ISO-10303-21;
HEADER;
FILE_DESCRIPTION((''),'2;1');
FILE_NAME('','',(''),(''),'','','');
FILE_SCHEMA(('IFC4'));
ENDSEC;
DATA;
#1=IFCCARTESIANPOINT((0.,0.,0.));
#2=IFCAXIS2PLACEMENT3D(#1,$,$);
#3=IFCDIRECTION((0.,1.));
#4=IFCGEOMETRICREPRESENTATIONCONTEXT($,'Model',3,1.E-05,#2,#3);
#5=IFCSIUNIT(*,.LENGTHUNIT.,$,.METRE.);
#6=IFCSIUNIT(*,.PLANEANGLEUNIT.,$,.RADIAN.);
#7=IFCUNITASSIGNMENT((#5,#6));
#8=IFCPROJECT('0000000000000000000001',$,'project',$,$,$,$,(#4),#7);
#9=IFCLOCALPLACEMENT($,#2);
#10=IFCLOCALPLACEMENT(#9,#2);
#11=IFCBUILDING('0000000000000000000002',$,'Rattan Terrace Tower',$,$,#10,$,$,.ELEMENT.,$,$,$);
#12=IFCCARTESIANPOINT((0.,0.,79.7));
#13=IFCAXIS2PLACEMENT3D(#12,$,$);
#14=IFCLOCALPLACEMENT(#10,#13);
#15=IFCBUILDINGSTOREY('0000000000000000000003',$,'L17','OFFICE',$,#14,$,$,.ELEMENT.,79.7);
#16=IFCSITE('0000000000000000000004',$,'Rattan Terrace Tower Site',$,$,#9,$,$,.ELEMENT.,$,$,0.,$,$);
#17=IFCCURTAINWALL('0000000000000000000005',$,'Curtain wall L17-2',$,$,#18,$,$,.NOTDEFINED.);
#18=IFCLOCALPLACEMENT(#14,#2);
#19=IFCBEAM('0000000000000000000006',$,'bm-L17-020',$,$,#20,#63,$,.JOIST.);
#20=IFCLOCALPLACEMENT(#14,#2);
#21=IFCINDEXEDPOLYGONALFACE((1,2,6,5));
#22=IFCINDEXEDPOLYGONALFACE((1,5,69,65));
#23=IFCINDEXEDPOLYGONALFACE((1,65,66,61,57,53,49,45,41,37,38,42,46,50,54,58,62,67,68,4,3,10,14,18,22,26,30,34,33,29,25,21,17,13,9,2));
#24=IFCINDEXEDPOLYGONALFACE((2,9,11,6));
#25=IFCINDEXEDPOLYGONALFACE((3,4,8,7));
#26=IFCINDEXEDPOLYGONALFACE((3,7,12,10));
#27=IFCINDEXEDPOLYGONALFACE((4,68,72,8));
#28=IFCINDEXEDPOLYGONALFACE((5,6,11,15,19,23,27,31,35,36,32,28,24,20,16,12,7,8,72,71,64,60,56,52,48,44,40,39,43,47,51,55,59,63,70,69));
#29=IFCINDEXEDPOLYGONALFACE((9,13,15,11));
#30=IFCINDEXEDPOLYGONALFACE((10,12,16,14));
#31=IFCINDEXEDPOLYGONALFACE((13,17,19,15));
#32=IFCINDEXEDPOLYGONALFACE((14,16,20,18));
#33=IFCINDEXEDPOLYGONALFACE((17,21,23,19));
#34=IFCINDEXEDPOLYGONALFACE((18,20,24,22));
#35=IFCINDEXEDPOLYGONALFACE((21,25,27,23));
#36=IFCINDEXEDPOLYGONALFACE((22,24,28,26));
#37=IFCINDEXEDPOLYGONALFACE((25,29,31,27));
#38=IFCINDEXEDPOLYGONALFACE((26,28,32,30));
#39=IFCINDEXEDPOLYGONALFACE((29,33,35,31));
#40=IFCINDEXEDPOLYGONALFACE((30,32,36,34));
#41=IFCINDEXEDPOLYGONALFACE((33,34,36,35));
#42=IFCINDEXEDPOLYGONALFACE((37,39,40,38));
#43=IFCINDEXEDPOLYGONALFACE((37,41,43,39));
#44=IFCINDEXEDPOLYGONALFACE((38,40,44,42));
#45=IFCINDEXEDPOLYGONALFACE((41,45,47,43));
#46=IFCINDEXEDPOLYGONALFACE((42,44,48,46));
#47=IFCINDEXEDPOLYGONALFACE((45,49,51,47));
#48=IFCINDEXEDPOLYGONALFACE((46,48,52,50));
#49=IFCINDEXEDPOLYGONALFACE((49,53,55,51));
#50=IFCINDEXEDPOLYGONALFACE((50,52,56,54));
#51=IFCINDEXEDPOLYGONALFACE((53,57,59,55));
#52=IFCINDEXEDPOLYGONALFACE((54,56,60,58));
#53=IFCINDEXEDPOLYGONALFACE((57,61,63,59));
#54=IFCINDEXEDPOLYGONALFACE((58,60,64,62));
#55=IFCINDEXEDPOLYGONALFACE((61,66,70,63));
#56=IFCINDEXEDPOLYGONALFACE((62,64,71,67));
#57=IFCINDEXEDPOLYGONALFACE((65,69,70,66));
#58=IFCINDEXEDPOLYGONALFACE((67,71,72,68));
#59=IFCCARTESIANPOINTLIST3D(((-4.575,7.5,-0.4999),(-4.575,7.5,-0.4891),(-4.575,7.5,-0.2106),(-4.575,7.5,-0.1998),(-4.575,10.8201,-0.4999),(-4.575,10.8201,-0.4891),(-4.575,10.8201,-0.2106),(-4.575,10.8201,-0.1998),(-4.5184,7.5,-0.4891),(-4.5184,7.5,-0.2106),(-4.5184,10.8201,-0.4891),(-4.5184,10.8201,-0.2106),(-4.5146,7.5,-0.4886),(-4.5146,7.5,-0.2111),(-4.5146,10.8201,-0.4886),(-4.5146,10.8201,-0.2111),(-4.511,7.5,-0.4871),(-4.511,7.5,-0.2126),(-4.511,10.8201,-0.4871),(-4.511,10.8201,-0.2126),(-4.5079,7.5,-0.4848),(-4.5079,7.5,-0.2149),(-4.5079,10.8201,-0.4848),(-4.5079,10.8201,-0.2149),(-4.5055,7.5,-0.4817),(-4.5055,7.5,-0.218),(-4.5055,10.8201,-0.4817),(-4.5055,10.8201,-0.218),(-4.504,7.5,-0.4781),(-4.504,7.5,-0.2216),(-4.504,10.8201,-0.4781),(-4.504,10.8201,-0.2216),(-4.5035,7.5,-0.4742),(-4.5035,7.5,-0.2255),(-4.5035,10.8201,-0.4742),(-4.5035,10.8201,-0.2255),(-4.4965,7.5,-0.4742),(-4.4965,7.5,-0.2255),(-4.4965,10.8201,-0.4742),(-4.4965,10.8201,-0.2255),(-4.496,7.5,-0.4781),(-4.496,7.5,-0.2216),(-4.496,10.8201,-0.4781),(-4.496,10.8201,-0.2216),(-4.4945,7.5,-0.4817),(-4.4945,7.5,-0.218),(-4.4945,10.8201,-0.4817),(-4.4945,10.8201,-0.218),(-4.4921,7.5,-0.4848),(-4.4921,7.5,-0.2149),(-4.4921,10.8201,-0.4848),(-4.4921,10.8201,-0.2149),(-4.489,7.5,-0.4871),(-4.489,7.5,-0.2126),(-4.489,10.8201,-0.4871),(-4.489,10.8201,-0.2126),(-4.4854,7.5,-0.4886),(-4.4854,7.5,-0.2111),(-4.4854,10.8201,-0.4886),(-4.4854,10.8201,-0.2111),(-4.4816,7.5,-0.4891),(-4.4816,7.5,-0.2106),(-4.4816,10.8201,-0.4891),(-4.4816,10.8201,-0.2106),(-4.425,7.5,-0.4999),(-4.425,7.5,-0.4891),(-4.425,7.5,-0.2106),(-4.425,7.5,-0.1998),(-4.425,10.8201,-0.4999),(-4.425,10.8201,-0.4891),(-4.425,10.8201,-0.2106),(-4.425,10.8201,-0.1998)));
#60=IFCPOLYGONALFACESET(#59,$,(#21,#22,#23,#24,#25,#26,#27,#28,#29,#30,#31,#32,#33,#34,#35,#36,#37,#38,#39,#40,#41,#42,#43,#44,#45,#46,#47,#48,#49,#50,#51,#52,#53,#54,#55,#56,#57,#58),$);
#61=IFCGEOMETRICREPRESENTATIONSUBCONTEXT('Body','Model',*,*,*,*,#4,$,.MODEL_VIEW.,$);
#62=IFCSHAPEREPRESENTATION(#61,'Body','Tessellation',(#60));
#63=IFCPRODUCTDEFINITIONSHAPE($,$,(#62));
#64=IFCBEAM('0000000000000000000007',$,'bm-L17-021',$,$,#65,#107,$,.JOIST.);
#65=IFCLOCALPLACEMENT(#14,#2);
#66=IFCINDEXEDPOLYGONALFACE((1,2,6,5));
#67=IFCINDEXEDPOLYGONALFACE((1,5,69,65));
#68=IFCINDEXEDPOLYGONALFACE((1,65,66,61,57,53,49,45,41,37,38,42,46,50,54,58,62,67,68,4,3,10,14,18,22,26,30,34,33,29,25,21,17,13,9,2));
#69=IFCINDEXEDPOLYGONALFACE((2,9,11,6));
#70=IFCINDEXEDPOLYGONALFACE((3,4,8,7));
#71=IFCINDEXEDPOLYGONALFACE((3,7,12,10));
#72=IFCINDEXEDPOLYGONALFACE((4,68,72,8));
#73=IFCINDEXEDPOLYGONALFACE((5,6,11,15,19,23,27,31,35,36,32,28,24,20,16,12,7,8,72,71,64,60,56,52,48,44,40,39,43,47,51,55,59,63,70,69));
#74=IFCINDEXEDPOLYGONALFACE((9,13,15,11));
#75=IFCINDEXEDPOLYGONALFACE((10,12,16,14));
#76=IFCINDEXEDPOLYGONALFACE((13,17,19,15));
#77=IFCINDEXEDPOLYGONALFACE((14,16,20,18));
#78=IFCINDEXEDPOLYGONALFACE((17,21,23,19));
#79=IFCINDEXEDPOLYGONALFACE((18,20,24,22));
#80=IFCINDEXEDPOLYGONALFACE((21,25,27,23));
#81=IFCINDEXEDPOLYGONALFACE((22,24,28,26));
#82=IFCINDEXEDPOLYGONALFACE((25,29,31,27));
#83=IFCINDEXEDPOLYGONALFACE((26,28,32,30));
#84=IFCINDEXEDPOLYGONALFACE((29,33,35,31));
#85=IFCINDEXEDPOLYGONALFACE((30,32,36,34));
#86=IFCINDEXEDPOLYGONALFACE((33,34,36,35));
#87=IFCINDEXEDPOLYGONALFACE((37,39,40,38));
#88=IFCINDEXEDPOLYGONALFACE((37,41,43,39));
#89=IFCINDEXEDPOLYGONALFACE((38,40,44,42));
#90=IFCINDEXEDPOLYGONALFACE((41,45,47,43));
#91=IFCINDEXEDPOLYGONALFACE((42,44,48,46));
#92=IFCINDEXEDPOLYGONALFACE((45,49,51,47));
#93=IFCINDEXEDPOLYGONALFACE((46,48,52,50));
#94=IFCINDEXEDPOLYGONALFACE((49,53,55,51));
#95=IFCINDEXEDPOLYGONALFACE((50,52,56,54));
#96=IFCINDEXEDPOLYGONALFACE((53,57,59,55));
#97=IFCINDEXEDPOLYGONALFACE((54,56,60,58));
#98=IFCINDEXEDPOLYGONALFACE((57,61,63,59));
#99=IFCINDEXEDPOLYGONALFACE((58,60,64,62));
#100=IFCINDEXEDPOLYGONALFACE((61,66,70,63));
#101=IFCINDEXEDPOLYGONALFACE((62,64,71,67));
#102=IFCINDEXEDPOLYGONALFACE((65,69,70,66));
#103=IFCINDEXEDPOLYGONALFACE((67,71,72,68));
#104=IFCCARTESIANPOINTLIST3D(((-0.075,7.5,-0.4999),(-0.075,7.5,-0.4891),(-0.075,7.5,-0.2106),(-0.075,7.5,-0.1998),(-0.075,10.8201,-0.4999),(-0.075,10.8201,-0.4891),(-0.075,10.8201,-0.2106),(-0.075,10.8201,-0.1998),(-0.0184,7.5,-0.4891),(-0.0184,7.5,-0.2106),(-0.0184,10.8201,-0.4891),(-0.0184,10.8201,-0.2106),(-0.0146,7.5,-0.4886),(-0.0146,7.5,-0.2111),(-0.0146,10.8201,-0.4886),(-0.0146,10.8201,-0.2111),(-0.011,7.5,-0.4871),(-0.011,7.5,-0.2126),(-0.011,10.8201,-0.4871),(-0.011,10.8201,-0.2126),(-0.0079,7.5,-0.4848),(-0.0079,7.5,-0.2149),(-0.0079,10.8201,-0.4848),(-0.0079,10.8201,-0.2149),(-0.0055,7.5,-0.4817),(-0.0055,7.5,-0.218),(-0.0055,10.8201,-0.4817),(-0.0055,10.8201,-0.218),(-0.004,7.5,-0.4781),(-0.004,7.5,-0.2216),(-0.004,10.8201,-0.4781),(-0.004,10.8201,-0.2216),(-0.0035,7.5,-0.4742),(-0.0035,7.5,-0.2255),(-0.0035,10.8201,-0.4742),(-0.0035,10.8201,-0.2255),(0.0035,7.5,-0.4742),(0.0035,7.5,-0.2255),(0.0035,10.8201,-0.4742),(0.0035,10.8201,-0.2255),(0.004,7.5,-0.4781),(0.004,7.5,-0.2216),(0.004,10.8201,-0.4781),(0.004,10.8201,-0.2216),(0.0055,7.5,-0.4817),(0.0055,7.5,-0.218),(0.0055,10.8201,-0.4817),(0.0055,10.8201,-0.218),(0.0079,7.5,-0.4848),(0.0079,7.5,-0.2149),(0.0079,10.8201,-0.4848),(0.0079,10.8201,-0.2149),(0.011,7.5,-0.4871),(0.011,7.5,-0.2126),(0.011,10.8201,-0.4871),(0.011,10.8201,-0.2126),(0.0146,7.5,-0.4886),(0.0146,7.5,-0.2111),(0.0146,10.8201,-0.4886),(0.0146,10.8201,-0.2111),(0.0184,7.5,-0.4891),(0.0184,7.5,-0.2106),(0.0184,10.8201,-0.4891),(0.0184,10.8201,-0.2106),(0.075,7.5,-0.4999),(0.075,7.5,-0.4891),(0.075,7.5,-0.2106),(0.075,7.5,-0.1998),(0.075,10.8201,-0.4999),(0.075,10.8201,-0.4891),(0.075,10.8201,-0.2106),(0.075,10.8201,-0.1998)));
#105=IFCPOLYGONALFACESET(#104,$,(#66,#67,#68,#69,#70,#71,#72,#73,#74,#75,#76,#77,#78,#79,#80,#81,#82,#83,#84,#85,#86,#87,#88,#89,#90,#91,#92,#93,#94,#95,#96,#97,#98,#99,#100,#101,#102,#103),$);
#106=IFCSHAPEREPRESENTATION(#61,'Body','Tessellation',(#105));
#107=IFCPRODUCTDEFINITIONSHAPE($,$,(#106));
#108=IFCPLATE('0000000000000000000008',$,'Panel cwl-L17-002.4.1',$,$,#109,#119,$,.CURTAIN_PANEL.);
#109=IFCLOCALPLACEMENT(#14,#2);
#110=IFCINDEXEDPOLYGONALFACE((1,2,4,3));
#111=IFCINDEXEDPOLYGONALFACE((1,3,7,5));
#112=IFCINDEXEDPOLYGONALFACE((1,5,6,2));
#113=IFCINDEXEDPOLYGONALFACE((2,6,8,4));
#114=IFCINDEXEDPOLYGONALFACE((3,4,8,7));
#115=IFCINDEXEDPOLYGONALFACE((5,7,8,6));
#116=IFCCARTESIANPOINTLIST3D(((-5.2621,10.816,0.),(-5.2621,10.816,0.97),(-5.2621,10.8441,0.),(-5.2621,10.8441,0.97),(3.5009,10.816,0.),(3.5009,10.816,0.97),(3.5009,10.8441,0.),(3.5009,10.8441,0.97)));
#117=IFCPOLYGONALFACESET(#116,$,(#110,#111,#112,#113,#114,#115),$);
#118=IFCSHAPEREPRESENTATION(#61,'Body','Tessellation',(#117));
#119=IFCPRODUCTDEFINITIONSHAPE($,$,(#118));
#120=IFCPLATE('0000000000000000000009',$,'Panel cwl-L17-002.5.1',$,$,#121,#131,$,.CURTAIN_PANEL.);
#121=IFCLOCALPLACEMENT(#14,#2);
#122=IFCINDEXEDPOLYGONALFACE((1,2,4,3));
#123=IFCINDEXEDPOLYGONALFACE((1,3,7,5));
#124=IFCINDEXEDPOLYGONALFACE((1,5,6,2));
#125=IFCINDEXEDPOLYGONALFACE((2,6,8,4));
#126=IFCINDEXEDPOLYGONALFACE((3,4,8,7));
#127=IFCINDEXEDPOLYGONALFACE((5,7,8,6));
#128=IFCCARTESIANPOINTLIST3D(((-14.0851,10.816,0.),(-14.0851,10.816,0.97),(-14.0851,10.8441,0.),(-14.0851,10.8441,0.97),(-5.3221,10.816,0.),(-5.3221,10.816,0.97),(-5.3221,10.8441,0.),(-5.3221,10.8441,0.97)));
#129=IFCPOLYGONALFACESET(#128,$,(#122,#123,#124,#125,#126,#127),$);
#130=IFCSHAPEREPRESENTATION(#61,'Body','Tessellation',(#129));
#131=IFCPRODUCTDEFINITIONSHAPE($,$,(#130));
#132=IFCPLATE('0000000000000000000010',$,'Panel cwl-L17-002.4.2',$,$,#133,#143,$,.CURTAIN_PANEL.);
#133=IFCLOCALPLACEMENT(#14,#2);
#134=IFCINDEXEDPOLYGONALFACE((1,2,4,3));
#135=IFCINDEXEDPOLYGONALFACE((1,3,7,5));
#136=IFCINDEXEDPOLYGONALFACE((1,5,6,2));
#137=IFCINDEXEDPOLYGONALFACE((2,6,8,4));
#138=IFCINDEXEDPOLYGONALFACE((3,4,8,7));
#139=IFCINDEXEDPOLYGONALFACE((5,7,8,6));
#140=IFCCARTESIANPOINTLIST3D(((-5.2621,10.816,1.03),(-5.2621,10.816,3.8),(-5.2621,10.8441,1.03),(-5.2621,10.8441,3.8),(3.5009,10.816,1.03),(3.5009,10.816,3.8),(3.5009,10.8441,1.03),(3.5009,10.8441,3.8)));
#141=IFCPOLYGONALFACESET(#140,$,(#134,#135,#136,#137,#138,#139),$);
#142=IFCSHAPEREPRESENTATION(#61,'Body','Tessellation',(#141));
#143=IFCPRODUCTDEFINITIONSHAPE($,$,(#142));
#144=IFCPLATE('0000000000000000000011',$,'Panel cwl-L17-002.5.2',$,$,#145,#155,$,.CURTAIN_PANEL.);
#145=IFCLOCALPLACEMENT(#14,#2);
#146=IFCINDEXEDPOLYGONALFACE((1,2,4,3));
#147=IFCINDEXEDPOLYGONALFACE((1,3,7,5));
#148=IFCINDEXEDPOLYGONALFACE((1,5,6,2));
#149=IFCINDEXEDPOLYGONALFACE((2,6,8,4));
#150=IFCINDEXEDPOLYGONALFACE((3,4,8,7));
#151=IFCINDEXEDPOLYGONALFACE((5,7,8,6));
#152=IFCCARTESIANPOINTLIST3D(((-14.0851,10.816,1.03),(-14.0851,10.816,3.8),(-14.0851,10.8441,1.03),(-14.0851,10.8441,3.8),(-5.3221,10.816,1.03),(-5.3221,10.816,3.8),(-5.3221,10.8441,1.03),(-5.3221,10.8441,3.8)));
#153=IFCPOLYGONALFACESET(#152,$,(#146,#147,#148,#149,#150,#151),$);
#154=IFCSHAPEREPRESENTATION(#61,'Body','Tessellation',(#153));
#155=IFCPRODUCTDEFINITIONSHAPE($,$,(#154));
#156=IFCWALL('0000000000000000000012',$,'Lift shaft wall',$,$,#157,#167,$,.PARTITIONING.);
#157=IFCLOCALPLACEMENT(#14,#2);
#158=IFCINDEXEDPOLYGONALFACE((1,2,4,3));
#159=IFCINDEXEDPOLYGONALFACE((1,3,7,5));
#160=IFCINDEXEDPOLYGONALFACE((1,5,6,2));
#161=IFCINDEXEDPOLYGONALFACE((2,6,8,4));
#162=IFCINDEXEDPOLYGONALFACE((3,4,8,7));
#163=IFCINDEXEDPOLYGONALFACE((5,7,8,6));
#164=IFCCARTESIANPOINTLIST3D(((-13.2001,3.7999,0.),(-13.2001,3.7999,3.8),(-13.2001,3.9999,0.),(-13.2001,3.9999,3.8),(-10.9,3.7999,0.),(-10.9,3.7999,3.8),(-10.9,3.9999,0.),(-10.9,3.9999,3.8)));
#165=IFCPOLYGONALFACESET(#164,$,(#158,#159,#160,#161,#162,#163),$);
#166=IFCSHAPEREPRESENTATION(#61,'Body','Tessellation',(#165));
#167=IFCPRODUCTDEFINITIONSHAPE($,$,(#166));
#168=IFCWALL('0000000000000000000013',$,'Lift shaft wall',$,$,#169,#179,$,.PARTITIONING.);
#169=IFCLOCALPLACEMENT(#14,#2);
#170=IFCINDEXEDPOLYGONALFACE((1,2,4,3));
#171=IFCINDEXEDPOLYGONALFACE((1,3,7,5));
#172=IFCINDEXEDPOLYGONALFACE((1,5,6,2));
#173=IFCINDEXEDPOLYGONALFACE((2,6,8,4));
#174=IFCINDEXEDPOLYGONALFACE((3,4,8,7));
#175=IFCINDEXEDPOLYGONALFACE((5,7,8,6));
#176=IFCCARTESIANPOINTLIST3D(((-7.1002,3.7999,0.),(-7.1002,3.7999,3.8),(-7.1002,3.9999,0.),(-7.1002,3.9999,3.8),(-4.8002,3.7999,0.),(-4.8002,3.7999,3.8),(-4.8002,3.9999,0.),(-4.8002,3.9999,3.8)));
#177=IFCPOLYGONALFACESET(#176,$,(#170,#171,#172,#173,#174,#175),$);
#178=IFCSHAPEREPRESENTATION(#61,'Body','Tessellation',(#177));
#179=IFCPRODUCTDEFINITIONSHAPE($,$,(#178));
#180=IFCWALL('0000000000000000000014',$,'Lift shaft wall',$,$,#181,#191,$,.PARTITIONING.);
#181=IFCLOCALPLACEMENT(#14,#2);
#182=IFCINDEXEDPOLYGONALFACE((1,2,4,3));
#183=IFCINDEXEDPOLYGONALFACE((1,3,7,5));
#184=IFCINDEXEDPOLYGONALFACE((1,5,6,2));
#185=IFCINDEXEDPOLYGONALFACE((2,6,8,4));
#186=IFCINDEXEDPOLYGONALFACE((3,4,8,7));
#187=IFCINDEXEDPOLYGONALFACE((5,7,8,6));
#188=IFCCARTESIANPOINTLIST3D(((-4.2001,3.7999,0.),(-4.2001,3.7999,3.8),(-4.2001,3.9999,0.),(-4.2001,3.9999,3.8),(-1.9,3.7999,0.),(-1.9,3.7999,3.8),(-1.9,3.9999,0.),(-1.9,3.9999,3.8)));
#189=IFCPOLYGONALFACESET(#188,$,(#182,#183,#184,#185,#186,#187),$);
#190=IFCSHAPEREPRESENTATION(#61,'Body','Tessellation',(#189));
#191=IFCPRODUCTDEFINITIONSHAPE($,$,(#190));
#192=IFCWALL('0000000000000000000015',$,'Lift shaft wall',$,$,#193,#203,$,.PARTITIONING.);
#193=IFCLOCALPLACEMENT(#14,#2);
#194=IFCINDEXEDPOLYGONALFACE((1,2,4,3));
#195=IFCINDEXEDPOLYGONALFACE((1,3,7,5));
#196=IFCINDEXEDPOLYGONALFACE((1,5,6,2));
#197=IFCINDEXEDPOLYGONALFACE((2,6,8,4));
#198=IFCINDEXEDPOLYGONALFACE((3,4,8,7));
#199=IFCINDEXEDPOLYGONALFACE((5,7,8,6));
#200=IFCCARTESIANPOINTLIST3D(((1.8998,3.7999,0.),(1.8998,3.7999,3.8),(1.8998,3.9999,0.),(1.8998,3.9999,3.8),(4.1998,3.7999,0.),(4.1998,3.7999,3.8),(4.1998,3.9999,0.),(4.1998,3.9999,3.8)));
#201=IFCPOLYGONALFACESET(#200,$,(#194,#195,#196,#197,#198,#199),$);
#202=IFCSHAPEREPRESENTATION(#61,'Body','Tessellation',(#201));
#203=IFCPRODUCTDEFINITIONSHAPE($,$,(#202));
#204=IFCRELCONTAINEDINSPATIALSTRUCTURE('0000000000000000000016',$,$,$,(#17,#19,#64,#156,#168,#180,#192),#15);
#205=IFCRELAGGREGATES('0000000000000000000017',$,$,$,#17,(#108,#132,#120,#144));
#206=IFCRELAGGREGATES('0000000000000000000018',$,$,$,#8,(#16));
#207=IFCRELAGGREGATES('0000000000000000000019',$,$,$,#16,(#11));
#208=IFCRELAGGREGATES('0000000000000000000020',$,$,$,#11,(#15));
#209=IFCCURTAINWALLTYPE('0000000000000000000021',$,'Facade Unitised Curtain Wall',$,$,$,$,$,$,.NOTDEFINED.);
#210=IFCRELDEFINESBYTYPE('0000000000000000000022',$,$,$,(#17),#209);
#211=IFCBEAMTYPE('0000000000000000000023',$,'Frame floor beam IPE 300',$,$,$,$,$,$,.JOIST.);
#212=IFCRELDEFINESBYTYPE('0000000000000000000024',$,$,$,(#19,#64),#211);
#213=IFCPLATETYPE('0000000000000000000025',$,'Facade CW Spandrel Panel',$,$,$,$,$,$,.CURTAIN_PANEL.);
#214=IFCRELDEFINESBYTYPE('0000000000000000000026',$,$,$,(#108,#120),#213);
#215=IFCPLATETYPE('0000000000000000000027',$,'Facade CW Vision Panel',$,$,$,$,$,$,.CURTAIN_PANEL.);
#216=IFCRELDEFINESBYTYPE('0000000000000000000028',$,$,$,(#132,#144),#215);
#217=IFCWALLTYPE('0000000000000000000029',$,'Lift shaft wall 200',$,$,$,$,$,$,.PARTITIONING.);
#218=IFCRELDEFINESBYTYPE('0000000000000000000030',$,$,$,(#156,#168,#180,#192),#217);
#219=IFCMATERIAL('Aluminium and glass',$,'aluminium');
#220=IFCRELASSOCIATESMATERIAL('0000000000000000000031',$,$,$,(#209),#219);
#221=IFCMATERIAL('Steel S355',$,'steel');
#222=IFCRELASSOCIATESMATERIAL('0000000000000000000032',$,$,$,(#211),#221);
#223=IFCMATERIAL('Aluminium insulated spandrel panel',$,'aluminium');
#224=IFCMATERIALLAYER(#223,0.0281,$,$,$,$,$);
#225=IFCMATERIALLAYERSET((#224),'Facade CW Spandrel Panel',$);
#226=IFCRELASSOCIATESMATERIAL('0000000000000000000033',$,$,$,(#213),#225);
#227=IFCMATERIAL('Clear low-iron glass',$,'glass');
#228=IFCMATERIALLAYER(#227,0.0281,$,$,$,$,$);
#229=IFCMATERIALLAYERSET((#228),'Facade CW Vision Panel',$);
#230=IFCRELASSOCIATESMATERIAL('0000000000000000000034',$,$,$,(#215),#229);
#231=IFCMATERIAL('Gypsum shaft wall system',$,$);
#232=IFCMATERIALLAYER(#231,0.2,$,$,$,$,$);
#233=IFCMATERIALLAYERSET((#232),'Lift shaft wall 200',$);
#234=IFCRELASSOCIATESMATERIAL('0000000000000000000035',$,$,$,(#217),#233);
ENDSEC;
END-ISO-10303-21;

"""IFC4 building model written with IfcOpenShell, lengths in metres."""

from ifc_helpers import new_model, si_unit, direction, frame, frame_2d, origin, origin_2d, place, context, subcontext, project, spatial, rectangle, i_section, extrude, material, layer, layer_set, material_profile, profile_set, type_object, element, aggregate, save


model = new_model("IFC4")

# Units and contexts
model_context = context("Model", 3, precision=1e-05, world=origin(), true_north=direction((0.0, 1.0)))
body_context = subcontext(model_context, "Body", "Model", "MODEL_VIEW")
ifc_project = project(units=[si_unit("LENGTHUNIT", "METRE"), si_unit("PLANEANGLEUNIT", "RADIAN")], contexts=[model_context])

# Site, building, storey
site_placement = place(None, origin())
site = spatial("IfcSite", under=ifc_project, at=site_placement, Name="Rattan Terrace Tower Site", CompositionType="ELEMENT", RefElevation=0.0)
building_placement = place(site_placement, origin())
building = spatial("IfcBuilding", under=site, at=building_placement, Name="Rattan Terrace Tower", CompositionType="ELEMENT")
storey_placement = place(building_placement, frame((0.0, 0.0, 79.7)))
storey = spatial("IfcBuildingStorey", under=building, at=storey_placement, Name="L17", Description="OFFICE", CompositionType="ELEMENT", Elevation=79.7)

# Curtain wall
ifc_material_1 = material(Name="Aluminium and glass", Category="aluminium")
curtain_wall_type = type_object("IfcCurtainWallType", Name="Facade Unitised Curtain Wall", PredefinedType="NOTDEFINED", material=ifc_material_1)
curtain_wall_placement = place(storey_placement, origin())
curtain_wall = element("IfcCurtainWall", 1, at=curtain_wall_placement, inside=storey, type_object=curtain_wall_type, Name="Curtain wall L17-2", PredefinedType="NOTDEFINED")

# Beams
ifc_material_2 = material(Name="Steel S355", Category="steel")
ifc_material_profile_1 = material_profile(ifc_material_2, i_section(OverallWidth=0.1499, OverallDepth=0.3, WebThickness=0.0071, FlangeThickness=0.0107, FilletRadius=0.0149, at=origin_2d()), Name="IPE 300")
ifc_profile_set_1 = profile_set([ifc_material_profile_1], Name="Steel S355")
beam_type = type_object("IfcBeamType", Name="Frame floor beam IPE 300", PredefinedType="JOIST", material=ifc_profile_set_1)
for number, where, z_axis, x_axis, name in (
    (2, (-4.5, 7.5, -0.3499), (0.0, 1.0, 0.0), (-1.0, 0.0, 0.0), "bm-L17-020"),
    (3, (0.0, 7.5, -0.3499), (0.0, 1.0, 0.0), (-1.0, 0.0, 0.0), "bm-L17-021"),
):
    element("IfcBeam", number, at=place(storey_placement, frame(where, z_axis=z_axis, x_axis=x_axis)), inside=storey, type_object=beam_type, Name=name, PredefinedType="JOIST", context=body_context, shape_type="SweptSolid", body=[
        extrude(i_section(OverallWidth=0.1499, OverallDepth=0.3, WebThickness=0.0071, FlangeThickness=0.0107, FilletRadius=0.0149, at=origin_2d()), origin(), (0.0, 0.0, 1.0), 3.3201),
    ])

# Plates
ifc_material_3 = material(Name="Aluminium insulated spandrel panel", Category="aluminium")
ifc_layer_1 = layer(ifc_material_3, 0.0281)
ifc_layer_set_1 = layer_set([ifc_layer_1], Name="Facade CW Spandrel Panel")
plate_type_1 = type_object("IfcPlateType", Name="Facade CW Spandrel Panel", PredefinedType="CURTAIN_PANEL", material=ifc_layer_set_1)
plate_1_placement = place(storey_placement, frame((-0.8806, 10.8301, 0.0), z_axis=(0.0, 0.0, 1.0), x_axis=(-1.0, 0.0, 0.0)))
plate_1 = element("IfcPlate", 4, at=plate_1_placement, type_object=plate_type_1, Name="Panel cwl-L17-002.4.1", PredefinedType="CURTAIN_PANEL", context=body_context, shape_type="SweptSolid", body=[
    extrude(rectangle(XDim=8.7629, YDim=0.0281, at=origin_2d()), origin(), (0.0, 0.0, 1.0), 0.97),
])
plate_2_placement = place(storey_placement, frame((-9.7036, 10.8301, 0.0), z_axis=(0.0, 0.0, 1.0), x_axis=(-1.0, 0.0, 0.0)))
plate_2 = element("IfcPlate", 5, at=plate_2_placement, type_object=plate_type_1, Name="Panel cwl-L17-002.5.1", PredefinedType="CURTAIN_PANEL", context=body_context, shape_type="SweptSolid", body=[
    extrude(rectangle(XDim=8.7629, YDim=0.0281, at=origin_2d()), origin(), (0.0, 0.0, 1.0), 0.97),
])
ifc_material_4 = material(Name="Clear low-iron glass", Category="glass")
ifc_layer_2 = layer(ifc_material_4, 0.0281)
ifc_layer_set_2 = layer_set([ifc_layer_2], Name="Facade CW Vision Panel")
plate_type_2 = type_object("IfcPlateType", Name="Facade CW Vision Panel", PredefinedType="CURTAIN_PANEL", material=ifc_layer_set_2)
plate_3_placement = place(storey_placement, frame((-0.8806, 10.8301, 1.03), z_axis=(0.0, 0.0, 1.0), x_axis=(-1.0, 0.0, 0.0)))
plate_3 = element("IfcPlate", 6, at=plate_3_placement, type_object=plate_type_2, Name="Panel cwl-L17-002.4.2", PredefinedType="CURTAIN_PANEL", context=body_context, shape_type="SweptSolid", body=[
    extrude(rectangle(XDim=8.7629, YDim=0.0281, at=origin_2d()), origin(), (0.0, 0.0, 1.0), 2.77),
])
plate_4_placement = place(storey_placement, frame((-9.7036, 10.8301, 1.03), z_axis=(0.0, 0.0, 1.0), x_axis=(-1.0, 0.0, 0.0)))
plate_4 = element("IfcPlate", 7, at=plate_4_placement, type_object=plate_type_2, Name="Panel cwl-L17-002.5.2", PredefinedType="CURTAIN_PANEL", context=body_context, shape_type="SweptSolid", body=[
    extrude(rectangle(XDim=8.7629, YDim=0.0281, at=origin_2d()), origin(), (0.0, 0.0, 1.0), 2.77),
])
aggregate(curtain_wall, [plate_1, plate_3, plate_2, plate_4])

# Walls
ifc_material_5 = material(Name="Gypsum shaft wall system")
ifc_layer_3 = layer(ifc_material_5, 0.2)
ifc_layer_set_3 = layer_set([ifc_layer_3], Name="Lift shaft wall 200")
wall_type = type_object("IfcWallType", Name="Lift shaft wall 200", PredefinedType="PARTITIONING", material=ifc_layer_set_3)
for number, where, z_axis, x_axis, name in (
    (8, (-13.2, 3.8999, 0.0), (0.0, 0.0, 1.0), (1.0, 0.0, 0.0), "Lift shaft wall"),
    (9, (-7.1001, 3.8999, 0.0), (0.0, 0.0, 1.0), (1.0, 0.0, 0.0), "Lift shaft wall"),
    (10, (-4.2, 3.8999, 0.0), (0.0, 0.0, 1.0), (1.0, 0.0, 0.0), "Lift shaft wall"),
    (11, (1.8999, 3.8999, 0.0), (0.0, 0.0, 1.0), (1.0, 0.0, 0.0), "Lift shaft wall"),
):
    element("IfcWall", number, at=place(storey_placement, frame(where, z_axis=z_axis, x_axis=x_axis)), inside=storey, type_object=wall_type, Name=name, PredefinedType="PARTITIONING", context=body_context, shape_type="SweptSolid", body=[
        extrude(rectangle(XDim=2.3, YDim=0.2, at=frame_2d((1.1499, 0.0))), origin(), (0.0, 0.0, 1.0), 3.8),
    ])

save(model, "model.ifc")
